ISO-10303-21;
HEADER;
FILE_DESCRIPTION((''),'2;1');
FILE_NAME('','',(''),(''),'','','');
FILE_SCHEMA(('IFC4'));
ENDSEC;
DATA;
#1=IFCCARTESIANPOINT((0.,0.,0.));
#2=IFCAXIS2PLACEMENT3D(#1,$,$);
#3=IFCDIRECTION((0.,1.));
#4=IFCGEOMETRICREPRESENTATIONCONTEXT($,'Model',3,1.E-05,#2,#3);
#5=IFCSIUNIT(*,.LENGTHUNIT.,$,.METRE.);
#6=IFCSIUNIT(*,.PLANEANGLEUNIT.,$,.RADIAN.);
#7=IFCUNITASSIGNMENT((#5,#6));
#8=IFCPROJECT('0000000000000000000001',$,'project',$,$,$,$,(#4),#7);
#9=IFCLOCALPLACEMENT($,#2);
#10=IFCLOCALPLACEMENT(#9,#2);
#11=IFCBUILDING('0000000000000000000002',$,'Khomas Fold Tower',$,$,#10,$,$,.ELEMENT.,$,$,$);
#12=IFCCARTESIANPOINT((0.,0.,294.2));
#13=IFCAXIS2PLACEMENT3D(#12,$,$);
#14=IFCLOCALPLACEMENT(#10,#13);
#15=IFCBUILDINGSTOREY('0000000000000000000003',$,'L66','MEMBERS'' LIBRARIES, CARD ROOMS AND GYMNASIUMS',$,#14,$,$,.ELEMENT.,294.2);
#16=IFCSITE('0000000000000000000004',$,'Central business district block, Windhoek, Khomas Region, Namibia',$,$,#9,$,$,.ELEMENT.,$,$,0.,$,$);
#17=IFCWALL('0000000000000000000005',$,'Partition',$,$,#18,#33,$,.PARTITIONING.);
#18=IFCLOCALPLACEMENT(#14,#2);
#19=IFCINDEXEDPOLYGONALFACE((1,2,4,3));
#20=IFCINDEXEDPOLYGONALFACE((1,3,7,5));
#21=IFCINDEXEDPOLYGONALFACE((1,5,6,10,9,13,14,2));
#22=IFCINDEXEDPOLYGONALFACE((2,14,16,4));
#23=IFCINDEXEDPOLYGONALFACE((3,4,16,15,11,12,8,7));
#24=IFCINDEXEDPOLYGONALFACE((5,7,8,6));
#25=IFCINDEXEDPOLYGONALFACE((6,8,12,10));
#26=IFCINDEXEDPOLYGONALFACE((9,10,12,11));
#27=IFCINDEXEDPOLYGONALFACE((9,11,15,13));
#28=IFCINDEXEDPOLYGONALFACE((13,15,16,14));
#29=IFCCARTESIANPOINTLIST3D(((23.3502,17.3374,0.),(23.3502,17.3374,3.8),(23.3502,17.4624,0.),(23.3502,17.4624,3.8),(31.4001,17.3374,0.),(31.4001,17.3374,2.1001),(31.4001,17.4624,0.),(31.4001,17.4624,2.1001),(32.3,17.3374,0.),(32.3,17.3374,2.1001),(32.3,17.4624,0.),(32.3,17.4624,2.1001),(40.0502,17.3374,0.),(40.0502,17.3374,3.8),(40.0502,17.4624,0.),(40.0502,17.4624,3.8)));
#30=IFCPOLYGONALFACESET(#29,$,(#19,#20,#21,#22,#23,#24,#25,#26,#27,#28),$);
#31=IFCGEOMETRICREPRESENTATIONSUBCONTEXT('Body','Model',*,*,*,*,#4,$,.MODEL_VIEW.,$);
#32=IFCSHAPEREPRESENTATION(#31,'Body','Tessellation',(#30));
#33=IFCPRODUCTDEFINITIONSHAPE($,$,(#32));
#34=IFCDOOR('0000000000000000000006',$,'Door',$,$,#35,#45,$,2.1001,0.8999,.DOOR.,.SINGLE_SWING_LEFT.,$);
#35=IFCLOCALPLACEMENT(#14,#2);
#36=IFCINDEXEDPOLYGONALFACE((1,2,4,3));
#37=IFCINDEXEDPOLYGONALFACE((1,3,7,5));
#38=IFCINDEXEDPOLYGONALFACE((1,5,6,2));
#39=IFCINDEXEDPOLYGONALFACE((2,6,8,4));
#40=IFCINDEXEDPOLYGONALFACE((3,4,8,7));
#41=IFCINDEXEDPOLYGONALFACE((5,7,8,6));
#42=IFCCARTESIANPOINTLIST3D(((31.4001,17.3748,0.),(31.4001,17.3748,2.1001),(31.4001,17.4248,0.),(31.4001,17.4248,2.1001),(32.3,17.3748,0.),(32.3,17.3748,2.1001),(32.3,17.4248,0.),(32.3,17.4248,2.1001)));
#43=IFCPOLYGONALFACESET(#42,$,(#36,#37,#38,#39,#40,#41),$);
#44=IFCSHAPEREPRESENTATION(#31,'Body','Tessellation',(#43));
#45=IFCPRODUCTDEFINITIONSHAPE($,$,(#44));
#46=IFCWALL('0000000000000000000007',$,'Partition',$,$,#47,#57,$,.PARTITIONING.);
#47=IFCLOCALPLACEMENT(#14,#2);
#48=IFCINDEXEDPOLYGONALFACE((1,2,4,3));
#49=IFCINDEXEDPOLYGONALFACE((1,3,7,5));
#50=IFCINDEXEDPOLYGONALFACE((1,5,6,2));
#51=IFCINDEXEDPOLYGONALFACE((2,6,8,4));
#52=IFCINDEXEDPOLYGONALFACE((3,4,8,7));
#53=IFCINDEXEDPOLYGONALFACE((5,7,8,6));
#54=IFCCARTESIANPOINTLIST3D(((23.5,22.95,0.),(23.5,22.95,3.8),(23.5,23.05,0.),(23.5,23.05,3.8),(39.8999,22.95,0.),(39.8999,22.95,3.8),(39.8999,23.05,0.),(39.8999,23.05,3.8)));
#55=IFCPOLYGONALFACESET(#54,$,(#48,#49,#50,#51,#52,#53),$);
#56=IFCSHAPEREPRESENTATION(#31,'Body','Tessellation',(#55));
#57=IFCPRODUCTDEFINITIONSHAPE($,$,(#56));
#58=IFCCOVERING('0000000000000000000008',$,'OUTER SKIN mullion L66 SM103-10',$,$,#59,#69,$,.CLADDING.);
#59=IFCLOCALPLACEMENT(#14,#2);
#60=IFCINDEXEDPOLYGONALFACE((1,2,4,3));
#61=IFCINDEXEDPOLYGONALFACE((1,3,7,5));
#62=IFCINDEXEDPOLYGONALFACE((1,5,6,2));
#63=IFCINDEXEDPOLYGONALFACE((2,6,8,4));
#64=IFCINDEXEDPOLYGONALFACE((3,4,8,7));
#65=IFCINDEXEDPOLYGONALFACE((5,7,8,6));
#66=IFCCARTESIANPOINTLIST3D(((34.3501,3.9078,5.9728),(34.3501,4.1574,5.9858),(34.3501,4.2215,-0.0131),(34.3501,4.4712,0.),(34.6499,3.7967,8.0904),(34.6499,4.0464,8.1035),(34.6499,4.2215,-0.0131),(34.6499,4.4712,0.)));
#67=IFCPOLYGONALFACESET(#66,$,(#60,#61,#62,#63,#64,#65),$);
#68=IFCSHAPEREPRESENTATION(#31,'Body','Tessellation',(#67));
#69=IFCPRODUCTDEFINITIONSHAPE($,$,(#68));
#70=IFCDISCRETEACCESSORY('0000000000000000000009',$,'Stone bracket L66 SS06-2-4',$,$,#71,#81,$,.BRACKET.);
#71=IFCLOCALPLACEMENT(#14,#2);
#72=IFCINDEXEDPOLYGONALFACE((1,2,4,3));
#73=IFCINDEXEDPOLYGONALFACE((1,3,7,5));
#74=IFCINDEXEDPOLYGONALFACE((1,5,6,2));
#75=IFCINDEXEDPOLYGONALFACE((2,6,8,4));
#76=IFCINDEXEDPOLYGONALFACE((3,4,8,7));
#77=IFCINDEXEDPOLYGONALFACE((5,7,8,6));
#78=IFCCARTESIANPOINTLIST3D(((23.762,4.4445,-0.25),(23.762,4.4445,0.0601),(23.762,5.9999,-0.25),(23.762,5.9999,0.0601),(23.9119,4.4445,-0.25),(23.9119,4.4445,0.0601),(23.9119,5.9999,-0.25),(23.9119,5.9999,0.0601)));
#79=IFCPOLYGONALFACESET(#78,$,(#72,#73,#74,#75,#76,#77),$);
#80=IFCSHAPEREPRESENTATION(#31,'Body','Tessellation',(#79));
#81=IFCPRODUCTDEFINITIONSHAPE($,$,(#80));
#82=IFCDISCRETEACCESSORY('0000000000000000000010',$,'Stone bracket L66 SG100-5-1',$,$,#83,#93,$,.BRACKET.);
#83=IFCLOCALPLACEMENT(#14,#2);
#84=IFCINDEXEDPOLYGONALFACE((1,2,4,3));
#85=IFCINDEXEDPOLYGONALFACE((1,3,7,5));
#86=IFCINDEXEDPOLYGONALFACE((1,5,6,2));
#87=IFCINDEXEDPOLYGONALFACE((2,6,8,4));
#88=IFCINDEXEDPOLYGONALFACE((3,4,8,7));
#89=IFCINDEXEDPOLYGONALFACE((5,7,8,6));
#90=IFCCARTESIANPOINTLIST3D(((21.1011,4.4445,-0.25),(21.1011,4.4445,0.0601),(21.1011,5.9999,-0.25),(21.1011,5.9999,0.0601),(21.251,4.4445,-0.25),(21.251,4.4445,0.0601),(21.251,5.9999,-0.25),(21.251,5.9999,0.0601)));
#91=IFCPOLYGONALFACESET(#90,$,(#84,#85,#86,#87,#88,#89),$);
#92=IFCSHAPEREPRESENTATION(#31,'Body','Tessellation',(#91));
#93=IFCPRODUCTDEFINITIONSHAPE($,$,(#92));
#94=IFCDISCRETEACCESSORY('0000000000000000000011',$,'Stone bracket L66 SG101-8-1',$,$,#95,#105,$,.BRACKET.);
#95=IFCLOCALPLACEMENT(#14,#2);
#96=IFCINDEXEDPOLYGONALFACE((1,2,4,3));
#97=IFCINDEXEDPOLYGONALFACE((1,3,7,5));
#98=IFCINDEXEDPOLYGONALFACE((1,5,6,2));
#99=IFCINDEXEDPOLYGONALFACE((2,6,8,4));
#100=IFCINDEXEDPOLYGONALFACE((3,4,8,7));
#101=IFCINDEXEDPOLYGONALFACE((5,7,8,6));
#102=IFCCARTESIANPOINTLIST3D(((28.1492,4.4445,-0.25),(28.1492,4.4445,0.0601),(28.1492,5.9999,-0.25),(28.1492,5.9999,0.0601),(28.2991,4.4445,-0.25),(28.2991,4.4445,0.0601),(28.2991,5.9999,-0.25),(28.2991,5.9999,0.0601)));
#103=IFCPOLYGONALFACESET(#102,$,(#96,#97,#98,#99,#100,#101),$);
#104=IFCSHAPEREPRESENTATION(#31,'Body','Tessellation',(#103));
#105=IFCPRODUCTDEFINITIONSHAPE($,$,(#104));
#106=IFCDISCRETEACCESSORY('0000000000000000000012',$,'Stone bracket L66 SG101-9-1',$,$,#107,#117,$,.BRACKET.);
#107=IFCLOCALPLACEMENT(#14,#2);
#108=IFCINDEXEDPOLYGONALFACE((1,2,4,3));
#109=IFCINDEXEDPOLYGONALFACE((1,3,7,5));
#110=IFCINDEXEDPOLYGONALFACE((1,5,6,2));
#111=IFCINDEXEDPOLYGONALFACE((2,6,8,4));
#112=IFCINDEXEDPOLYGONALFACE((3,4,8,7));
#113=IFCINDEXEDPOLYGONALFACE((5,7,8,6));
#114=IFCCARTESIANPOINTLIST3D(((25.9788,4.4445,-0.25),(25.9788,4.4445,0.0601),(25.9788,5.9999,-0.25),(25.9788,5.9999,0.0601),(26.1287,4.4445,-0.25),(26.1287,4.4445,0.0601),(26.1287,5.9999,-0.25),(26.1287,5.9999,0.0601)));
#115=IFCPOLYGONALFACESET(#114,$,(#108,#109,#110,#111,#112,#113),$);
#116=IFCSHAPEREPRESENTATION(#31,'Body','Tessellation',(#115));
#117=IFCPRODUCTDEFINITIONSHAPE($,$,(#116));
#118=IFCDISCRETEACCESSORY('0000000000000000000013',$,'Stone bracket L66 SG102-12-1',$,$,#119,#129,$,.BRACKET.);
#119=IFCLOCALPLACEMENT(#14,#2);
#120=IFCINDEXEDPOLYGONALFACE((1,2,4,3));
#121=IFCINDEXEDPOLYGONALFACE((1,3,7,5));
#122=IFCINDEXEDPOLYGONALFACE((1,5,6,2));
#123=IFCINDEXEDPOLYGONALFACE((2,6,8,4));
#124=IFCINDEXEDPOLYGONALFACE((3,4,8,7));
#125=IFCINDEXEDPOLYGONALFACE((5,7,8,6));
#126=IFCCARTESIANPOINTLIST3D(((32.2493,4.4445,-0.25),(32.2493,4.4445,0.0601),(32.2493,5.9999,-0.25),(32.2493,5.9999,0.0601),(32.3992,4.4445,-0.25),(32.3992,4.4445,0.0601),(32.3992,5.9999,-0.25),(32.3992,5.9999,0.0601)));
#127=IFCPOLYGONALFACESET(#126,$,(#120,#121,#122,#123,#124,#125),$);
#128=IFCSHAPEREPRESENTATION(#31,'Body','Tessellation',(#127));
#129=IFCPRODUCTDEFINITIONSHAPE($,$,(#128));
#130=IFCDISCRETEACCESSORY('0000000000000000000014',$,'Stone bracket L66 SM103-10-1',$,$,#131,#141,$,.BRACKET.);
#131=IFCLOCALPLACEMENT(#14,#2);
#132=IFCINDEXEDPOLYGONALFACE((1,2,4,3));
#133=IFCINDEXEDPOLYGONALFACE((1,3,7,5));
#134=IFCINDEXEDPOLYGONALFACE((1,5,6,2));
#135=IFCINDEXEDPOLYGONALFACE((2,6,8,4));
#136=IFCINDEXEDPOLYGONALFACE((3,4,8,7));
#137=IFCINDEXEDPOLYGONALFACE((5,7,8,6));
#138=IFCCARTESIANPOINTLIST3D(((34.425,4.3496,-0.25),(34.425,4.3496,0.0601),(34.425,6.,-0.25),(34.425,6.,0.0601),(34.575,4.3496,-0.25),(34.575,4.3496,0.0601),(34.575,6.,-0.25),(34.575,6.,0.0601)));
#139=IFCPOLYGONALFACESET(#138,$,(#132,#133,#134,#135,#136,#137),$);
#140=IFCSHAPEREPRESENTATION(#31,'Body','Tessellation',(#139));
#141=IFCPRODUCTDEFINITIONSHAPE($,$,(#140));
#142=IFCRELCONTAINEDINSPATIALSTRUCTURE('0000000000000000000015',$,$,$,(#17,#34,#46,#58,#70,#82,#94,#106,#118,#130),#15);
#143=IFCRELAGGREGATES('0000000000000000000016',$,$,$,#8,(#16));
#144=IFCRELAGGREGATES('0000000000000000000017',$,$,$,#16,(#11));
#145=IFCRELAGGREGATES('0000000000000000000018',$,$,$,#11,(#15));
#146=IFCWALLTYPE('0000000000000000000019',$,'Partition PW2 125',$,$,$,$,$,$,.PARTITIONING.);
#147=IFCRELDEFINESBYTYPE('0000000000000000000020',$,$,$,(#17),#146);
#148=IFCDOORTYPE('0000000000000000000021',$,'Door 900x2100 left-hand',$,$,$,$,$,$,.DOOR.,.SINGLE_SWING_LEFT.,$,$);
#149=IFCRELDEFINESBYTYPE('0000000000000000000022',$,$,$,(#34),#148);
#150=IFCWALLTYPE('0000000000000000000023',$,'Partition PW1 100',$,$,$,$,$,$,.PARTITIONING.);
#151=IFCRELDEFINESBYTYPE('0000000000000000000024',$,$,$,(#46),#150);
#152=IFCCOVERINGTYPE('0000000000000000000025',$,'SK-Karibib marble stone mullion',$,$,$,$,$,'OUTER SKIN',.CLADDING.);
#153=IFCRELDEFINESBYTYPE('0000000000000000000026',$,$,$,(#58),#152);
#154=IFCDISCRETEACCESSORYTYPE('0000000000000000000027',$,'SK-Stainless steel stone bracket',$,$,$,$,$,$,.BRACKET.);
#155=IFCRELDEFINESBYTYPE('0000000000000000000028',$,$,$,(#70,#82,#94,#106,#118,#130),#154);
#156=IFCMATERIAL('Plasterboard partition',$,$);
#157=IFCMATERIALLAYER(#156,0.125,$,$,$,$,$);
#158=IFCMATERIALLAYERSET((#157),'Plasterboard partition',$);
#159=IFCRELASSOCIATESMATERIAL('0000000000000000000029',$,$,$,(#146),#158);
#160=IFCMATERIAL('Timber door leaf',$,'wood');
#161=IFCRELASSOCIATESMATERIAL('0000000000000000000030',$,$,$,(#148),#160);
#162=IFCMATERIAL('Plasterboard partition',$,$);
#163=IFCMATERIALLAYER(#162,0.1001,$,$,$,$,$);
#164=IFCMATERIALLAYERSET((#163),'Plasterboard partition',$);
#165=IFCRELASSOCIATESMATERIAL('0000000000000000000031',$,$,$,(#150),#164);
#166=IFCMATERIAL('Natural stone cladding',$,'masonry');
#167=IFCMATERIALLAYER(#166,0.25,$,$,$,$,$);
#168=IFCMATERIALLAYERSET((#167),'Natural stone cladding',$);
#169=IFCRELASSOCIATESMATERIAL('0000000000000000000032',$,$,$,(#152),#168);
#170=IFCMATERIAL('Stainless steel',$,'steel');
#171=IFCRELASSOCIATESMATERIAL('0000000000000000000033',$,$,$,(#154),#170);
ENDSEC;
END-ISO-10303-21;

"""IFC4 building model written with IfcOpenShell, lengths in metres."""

from ifc_helpers import new_model, si_unit, direction, frame, frame_2d, origin, origin_2d, place, context, subcontext, project, spatial, polyline, rectangle, outline, extrude, source, transform, mapped, material, layer, layer_set, type_object, element, fill, save


model = new_model("IFC4")

# Units and contexts
model_context = context("Model", 3, precision=1e-05, world=origin(), true_north=direction((0.0, 1.0)))
body_context = subcontext(model_context, "Body", "Model", "MODEL_VIEW")
ifc_project = project(units=[si_unit("LENGTHUNIT", "METRE"), si_unit("PLANEANGLEUNIT", "RADIAN")], contexts=[model_context])

# Site, building, storey
site_placement = place(None, origin())
site = spatial("IfcSite", under=ifc_project, at=site_placement, Name="Central business district block, Windhoek, Khomas Region, Namibia", CompositionType="ELEMENT", RefElevation=0.0)
building_placement = place(site_placement, origin())
building = spatial("IfcBuilding", under=site, at=building_placement, Name="Khomas Fold Tower", CompositionType="ELEMENT")
storey_placement = place(building_placement, frame((0.0, 0.0, 294.2)))
storey = spatial("IfcBuildingStorey", under=building, at=storey_placement, Name="L66", Description="MEMBERS' LIBRARIES, CARD ROOMS AND GYMNASIUMS", CompositionType="ELEMENT", Elevation=294.2)

# Shared definitions
ifc_material_1 = material(Name="Plasterboard partition")
ifc_layer_1 = layer(ifc_material_1, 0.125)
ifc_layer_set_1 = layer_set([ifc_layer_1], Name="Plasterboard partition")
wall_type_1 = type_object("IfcWallType", Name="Partition PW2 125", PredefinedType="PARTITIONING", material=ifc_layer_set_1)
shared_shape_1 = source(origin(), body_context, "Body", "SweptSolid", [
    extrude(rectangle(XDim=0.8999, YDim=2.1001, at=frame_2d((0.45, 1.05))), frame((0.0, 0.0725, 0.0), z_axis=(0.0, -1.0, 0.0), x_axis=(1.0, 0.0, 0.0)), (0.0, 0.0, 1.0), 0.145),
])
ifc_material_2 = material(Name="Timber door leaf", Category="wood")
door_type_1 = type_object("IfcDoorType", Name="Door 900x2100 left-hand", OperationType="SINGLE_SWING_LEFT", PredefinedType="DOOR", material=ifc_material_2)
shared_shape_2 = source(origin(), body_context, "Body", "SweptSolid", [
    extrude(rectangle(XDim=0.8999, YDim=2.1001, at=frame_2d((0.45, 1.05))), frame((0.0, 0.0249, 0.0), z_axis=(0.0, -1.0, 0.0), x_axis=(1.0, 0.0, 0.0)), (0.0, 0.0, 1.0), 0.05),
])

# Wall, opening, door
shared_shape_3 = source(origin(), body_context, "Body", "SweptSolid", [
    extrude(rectangle(XDim=16.7, YDim=0.125, at=frame_2d((8.3501, 0.0))), origin(), (0.0, 0.0, 1.0), 3.8),
])
wall_1_placement = place(storey_placement, frame((23.3501, 17.3999, 0.0), z_axis=(0.0, 0.0, 1.0), x_axis=(1.0, 0.0, 0.0)))
wall_1 = element("IfcWall", 1, at=wall_1_placement, inside=storey, type_object=wall_type_1, Name="Partition", PredefinedType="PARTITIONING", context=body_context, shape_type="MappedRepresentation", body=[
    mapped(shared_shape_3, transform((0.0, 0.0, 0.0))),
])
opening_1_placement = place(wall_1_placement, frame((8.05, 0.0, 0.0)))
opening_1 = element("IfcOpeningElement", 2, at=opening_1_placement, cuts=wall_1, PredefinedType="OPENING", context=body_context, shape_type="MappedRepresentation", body=[
    mapped(shared_shape_1, transform((0.0, 0.0, 0.0))),
])
door_1_placement = place(opening_1_placement, origin())
door_1 = element("IfcDoor", 3, at=door_1_placement, inside=storey, type_object=door_type_1, Name="Door", OperationType="SINGLE_SWING_LEFT", OverallHeight=2.1001, OverallWidth=0.8999, PredefinedType="DOOR", context=body_context, shape_type="MappedRepresentation", body=[
    mapped(shared_shape_2, transform((0.0, 0.0, 0.0))),
])
fill(opening_1, door_1)

# Wall
ifc_material_3 = material(Name="Plasterboard partition")
ifc_layer_2 = layer(ifc_material_3, 0.1001)
ifc_layer_set_2 = layer_set([ifc_layer_2], Name="Plasterboard partition")
wall_type_2 = type_object("IfcWallType", Name="Partition PW1 100", PredefinedType="PARTITIONING", material=ifc_layer_set_2)
shared_shape_4 = source(origin(), body_context, "Body", "SweptSolid", [
    extrude(rectangle(XDim=16.3999, YDim=0.1001, at=frame_2d((8.2, 0.0))), origin(), (0.0, 0.0, 1.0), 3.8),
])
wall_2_placement = place(storey_placement, frame((23.5, 23.0, 0.0), z_axis=(0.0, 0.0, 1.0), x_axis=(1.0, 0.0, 0.0)))
element("IfcWall", 4, at=wall_2_placement, inside=storey, type_object=wall_type_2, Name="Partition", PredefinedType="PARTITIONING", context=body_context, shape_type="MappedRepresentation", body=[
    mapped(shared_shape_4, transform((0.0, 0.0, 0.0))),
])

# Covering
ifc_material_4 = material(Name="Natural stone cladding", Category="masonry")
ifc_layer_3 = layer(ifc_material_4, 0.25)
ifc_layer_set_3 = layer_set([ifc_layer_3], Name="Natural stone cladding")
covering_type = type_object("IfcCoveringType", Name="SK-Karibib marble stone mullion", ElementType="OUTER SKIN", PredefinedType="CLADDING", material=ifc_layer_set_3)
covering_placement = place(storey_placement, frame((34.3501, 4.4712, 0.0), z_axis=(0.000135, 0.998629, 0.052345), x_axis=(0.0, -0.052345, 0.998629)))
element("IfcCovering", 5, at=covering_placement, inside=storey, type_object=covering_type, Name="OUTER SKIN mullion L66 SM103-10", PredefinedType="CLADDING", context=body_context, shape_type="SweptSolid", body=[
    extrude(outline(polyline([(0.0, 0.0), (5.9941, 0.0), (8.1146, 0.2998), (0.0, 0.2998), (0.0, 0.0)])), origin(), (0.0, 0.0, -1.0), 0.25),
])

# Discrete accessories
ifc_material_5 = material(Name="Stainless steel", Category="steel")
discrete_accessory_type = type_object("IfcDiscreteAccessoryType", Name="SK-Stainless steel stone bracket", PredefinedType="BRACKET", material=ifc_material_5)
shared_shape_5 = source(origin(), body_context, "Body", "SweptSolid", [
    extrude(rectangle(XDim=1.5554, YDim=0.1499, at=origin_2d()), origin(), (0.0, 0.0, 1.0), 0.3101),
])
for number, where, z_axis, x_axis, name in (
    (6, (23.8369, 5.2222, -0.25), (0.0, 0.0, 1.0), (0.0, -1.0, 0.0), "Stone bracket L66 SS06-2-4"),
    (7, (21.176, 5.2222, -0.25), (0.0, 0.0, 1.0), (0.0, -1.0, 0.0), "Stone bracket L66 SG100-5-1"),
    (8, (28.2241, 5.2222, -0.25), (0.0, 0.0, 1.0), (0.0, -1.0, 0.0), "Stone bracket L66 SG101-8-1"),
    (9, (26.0537, 5.2222, -0.25), (0.0, 0.0, 1.0), (0.0, -1.0, 0.0), "Stone bracket L66 SG101-9-1"),
    (10, (32.3242, 5.2222, -0.25), (0.0, 0.0, 1.0), (0.0, -1.0, 0.0), "Stone bracket L66 SG102-12-1"),
):
    element("IfcDiscreteAccessory", number, at=place(storey_placement, frame(where, z_axis=z_axis, x_axis=x_axis)), inside=storey, type_object=discrete_accessory_type, Name=name, PredefinedType="BRACKET", context=body_context, shape_type="MappedRepresentation", body=[
        mapped(shared_shape_5, transform((0.0, 0.0, 0.0))),
    ])
shared_shape_6 = source(origin(), body_context, "Body", "SweptSolid", [
    extrude(rectangle(XDim=1.6504, YDim=0.1499, at=origin_2d()), origin(), (0.0, 0.0, 1.0), 0.3101),
])
discrete_accessory_placement = place(storey_placement, frame((34.5, 5.1748, -0.25), z_axis=(0.0, 0.0, 1.0), x_axis=(0.0, -1.0, 0.0)))
element("IfcDiscreteAccessory", 11, at=discrete_accessory_placement, inside=storey, type_object=discrete_accessory_type, Name="Stone bracket L66 SM103-10-1", PredefinedType="BRACKET", context=body_context, shape_type="MappedRepresentation", body=[
    mapped(shared_shape_6, transform((0.0, 0.0, 0.0))),
])

save(model, "model.ifc")
